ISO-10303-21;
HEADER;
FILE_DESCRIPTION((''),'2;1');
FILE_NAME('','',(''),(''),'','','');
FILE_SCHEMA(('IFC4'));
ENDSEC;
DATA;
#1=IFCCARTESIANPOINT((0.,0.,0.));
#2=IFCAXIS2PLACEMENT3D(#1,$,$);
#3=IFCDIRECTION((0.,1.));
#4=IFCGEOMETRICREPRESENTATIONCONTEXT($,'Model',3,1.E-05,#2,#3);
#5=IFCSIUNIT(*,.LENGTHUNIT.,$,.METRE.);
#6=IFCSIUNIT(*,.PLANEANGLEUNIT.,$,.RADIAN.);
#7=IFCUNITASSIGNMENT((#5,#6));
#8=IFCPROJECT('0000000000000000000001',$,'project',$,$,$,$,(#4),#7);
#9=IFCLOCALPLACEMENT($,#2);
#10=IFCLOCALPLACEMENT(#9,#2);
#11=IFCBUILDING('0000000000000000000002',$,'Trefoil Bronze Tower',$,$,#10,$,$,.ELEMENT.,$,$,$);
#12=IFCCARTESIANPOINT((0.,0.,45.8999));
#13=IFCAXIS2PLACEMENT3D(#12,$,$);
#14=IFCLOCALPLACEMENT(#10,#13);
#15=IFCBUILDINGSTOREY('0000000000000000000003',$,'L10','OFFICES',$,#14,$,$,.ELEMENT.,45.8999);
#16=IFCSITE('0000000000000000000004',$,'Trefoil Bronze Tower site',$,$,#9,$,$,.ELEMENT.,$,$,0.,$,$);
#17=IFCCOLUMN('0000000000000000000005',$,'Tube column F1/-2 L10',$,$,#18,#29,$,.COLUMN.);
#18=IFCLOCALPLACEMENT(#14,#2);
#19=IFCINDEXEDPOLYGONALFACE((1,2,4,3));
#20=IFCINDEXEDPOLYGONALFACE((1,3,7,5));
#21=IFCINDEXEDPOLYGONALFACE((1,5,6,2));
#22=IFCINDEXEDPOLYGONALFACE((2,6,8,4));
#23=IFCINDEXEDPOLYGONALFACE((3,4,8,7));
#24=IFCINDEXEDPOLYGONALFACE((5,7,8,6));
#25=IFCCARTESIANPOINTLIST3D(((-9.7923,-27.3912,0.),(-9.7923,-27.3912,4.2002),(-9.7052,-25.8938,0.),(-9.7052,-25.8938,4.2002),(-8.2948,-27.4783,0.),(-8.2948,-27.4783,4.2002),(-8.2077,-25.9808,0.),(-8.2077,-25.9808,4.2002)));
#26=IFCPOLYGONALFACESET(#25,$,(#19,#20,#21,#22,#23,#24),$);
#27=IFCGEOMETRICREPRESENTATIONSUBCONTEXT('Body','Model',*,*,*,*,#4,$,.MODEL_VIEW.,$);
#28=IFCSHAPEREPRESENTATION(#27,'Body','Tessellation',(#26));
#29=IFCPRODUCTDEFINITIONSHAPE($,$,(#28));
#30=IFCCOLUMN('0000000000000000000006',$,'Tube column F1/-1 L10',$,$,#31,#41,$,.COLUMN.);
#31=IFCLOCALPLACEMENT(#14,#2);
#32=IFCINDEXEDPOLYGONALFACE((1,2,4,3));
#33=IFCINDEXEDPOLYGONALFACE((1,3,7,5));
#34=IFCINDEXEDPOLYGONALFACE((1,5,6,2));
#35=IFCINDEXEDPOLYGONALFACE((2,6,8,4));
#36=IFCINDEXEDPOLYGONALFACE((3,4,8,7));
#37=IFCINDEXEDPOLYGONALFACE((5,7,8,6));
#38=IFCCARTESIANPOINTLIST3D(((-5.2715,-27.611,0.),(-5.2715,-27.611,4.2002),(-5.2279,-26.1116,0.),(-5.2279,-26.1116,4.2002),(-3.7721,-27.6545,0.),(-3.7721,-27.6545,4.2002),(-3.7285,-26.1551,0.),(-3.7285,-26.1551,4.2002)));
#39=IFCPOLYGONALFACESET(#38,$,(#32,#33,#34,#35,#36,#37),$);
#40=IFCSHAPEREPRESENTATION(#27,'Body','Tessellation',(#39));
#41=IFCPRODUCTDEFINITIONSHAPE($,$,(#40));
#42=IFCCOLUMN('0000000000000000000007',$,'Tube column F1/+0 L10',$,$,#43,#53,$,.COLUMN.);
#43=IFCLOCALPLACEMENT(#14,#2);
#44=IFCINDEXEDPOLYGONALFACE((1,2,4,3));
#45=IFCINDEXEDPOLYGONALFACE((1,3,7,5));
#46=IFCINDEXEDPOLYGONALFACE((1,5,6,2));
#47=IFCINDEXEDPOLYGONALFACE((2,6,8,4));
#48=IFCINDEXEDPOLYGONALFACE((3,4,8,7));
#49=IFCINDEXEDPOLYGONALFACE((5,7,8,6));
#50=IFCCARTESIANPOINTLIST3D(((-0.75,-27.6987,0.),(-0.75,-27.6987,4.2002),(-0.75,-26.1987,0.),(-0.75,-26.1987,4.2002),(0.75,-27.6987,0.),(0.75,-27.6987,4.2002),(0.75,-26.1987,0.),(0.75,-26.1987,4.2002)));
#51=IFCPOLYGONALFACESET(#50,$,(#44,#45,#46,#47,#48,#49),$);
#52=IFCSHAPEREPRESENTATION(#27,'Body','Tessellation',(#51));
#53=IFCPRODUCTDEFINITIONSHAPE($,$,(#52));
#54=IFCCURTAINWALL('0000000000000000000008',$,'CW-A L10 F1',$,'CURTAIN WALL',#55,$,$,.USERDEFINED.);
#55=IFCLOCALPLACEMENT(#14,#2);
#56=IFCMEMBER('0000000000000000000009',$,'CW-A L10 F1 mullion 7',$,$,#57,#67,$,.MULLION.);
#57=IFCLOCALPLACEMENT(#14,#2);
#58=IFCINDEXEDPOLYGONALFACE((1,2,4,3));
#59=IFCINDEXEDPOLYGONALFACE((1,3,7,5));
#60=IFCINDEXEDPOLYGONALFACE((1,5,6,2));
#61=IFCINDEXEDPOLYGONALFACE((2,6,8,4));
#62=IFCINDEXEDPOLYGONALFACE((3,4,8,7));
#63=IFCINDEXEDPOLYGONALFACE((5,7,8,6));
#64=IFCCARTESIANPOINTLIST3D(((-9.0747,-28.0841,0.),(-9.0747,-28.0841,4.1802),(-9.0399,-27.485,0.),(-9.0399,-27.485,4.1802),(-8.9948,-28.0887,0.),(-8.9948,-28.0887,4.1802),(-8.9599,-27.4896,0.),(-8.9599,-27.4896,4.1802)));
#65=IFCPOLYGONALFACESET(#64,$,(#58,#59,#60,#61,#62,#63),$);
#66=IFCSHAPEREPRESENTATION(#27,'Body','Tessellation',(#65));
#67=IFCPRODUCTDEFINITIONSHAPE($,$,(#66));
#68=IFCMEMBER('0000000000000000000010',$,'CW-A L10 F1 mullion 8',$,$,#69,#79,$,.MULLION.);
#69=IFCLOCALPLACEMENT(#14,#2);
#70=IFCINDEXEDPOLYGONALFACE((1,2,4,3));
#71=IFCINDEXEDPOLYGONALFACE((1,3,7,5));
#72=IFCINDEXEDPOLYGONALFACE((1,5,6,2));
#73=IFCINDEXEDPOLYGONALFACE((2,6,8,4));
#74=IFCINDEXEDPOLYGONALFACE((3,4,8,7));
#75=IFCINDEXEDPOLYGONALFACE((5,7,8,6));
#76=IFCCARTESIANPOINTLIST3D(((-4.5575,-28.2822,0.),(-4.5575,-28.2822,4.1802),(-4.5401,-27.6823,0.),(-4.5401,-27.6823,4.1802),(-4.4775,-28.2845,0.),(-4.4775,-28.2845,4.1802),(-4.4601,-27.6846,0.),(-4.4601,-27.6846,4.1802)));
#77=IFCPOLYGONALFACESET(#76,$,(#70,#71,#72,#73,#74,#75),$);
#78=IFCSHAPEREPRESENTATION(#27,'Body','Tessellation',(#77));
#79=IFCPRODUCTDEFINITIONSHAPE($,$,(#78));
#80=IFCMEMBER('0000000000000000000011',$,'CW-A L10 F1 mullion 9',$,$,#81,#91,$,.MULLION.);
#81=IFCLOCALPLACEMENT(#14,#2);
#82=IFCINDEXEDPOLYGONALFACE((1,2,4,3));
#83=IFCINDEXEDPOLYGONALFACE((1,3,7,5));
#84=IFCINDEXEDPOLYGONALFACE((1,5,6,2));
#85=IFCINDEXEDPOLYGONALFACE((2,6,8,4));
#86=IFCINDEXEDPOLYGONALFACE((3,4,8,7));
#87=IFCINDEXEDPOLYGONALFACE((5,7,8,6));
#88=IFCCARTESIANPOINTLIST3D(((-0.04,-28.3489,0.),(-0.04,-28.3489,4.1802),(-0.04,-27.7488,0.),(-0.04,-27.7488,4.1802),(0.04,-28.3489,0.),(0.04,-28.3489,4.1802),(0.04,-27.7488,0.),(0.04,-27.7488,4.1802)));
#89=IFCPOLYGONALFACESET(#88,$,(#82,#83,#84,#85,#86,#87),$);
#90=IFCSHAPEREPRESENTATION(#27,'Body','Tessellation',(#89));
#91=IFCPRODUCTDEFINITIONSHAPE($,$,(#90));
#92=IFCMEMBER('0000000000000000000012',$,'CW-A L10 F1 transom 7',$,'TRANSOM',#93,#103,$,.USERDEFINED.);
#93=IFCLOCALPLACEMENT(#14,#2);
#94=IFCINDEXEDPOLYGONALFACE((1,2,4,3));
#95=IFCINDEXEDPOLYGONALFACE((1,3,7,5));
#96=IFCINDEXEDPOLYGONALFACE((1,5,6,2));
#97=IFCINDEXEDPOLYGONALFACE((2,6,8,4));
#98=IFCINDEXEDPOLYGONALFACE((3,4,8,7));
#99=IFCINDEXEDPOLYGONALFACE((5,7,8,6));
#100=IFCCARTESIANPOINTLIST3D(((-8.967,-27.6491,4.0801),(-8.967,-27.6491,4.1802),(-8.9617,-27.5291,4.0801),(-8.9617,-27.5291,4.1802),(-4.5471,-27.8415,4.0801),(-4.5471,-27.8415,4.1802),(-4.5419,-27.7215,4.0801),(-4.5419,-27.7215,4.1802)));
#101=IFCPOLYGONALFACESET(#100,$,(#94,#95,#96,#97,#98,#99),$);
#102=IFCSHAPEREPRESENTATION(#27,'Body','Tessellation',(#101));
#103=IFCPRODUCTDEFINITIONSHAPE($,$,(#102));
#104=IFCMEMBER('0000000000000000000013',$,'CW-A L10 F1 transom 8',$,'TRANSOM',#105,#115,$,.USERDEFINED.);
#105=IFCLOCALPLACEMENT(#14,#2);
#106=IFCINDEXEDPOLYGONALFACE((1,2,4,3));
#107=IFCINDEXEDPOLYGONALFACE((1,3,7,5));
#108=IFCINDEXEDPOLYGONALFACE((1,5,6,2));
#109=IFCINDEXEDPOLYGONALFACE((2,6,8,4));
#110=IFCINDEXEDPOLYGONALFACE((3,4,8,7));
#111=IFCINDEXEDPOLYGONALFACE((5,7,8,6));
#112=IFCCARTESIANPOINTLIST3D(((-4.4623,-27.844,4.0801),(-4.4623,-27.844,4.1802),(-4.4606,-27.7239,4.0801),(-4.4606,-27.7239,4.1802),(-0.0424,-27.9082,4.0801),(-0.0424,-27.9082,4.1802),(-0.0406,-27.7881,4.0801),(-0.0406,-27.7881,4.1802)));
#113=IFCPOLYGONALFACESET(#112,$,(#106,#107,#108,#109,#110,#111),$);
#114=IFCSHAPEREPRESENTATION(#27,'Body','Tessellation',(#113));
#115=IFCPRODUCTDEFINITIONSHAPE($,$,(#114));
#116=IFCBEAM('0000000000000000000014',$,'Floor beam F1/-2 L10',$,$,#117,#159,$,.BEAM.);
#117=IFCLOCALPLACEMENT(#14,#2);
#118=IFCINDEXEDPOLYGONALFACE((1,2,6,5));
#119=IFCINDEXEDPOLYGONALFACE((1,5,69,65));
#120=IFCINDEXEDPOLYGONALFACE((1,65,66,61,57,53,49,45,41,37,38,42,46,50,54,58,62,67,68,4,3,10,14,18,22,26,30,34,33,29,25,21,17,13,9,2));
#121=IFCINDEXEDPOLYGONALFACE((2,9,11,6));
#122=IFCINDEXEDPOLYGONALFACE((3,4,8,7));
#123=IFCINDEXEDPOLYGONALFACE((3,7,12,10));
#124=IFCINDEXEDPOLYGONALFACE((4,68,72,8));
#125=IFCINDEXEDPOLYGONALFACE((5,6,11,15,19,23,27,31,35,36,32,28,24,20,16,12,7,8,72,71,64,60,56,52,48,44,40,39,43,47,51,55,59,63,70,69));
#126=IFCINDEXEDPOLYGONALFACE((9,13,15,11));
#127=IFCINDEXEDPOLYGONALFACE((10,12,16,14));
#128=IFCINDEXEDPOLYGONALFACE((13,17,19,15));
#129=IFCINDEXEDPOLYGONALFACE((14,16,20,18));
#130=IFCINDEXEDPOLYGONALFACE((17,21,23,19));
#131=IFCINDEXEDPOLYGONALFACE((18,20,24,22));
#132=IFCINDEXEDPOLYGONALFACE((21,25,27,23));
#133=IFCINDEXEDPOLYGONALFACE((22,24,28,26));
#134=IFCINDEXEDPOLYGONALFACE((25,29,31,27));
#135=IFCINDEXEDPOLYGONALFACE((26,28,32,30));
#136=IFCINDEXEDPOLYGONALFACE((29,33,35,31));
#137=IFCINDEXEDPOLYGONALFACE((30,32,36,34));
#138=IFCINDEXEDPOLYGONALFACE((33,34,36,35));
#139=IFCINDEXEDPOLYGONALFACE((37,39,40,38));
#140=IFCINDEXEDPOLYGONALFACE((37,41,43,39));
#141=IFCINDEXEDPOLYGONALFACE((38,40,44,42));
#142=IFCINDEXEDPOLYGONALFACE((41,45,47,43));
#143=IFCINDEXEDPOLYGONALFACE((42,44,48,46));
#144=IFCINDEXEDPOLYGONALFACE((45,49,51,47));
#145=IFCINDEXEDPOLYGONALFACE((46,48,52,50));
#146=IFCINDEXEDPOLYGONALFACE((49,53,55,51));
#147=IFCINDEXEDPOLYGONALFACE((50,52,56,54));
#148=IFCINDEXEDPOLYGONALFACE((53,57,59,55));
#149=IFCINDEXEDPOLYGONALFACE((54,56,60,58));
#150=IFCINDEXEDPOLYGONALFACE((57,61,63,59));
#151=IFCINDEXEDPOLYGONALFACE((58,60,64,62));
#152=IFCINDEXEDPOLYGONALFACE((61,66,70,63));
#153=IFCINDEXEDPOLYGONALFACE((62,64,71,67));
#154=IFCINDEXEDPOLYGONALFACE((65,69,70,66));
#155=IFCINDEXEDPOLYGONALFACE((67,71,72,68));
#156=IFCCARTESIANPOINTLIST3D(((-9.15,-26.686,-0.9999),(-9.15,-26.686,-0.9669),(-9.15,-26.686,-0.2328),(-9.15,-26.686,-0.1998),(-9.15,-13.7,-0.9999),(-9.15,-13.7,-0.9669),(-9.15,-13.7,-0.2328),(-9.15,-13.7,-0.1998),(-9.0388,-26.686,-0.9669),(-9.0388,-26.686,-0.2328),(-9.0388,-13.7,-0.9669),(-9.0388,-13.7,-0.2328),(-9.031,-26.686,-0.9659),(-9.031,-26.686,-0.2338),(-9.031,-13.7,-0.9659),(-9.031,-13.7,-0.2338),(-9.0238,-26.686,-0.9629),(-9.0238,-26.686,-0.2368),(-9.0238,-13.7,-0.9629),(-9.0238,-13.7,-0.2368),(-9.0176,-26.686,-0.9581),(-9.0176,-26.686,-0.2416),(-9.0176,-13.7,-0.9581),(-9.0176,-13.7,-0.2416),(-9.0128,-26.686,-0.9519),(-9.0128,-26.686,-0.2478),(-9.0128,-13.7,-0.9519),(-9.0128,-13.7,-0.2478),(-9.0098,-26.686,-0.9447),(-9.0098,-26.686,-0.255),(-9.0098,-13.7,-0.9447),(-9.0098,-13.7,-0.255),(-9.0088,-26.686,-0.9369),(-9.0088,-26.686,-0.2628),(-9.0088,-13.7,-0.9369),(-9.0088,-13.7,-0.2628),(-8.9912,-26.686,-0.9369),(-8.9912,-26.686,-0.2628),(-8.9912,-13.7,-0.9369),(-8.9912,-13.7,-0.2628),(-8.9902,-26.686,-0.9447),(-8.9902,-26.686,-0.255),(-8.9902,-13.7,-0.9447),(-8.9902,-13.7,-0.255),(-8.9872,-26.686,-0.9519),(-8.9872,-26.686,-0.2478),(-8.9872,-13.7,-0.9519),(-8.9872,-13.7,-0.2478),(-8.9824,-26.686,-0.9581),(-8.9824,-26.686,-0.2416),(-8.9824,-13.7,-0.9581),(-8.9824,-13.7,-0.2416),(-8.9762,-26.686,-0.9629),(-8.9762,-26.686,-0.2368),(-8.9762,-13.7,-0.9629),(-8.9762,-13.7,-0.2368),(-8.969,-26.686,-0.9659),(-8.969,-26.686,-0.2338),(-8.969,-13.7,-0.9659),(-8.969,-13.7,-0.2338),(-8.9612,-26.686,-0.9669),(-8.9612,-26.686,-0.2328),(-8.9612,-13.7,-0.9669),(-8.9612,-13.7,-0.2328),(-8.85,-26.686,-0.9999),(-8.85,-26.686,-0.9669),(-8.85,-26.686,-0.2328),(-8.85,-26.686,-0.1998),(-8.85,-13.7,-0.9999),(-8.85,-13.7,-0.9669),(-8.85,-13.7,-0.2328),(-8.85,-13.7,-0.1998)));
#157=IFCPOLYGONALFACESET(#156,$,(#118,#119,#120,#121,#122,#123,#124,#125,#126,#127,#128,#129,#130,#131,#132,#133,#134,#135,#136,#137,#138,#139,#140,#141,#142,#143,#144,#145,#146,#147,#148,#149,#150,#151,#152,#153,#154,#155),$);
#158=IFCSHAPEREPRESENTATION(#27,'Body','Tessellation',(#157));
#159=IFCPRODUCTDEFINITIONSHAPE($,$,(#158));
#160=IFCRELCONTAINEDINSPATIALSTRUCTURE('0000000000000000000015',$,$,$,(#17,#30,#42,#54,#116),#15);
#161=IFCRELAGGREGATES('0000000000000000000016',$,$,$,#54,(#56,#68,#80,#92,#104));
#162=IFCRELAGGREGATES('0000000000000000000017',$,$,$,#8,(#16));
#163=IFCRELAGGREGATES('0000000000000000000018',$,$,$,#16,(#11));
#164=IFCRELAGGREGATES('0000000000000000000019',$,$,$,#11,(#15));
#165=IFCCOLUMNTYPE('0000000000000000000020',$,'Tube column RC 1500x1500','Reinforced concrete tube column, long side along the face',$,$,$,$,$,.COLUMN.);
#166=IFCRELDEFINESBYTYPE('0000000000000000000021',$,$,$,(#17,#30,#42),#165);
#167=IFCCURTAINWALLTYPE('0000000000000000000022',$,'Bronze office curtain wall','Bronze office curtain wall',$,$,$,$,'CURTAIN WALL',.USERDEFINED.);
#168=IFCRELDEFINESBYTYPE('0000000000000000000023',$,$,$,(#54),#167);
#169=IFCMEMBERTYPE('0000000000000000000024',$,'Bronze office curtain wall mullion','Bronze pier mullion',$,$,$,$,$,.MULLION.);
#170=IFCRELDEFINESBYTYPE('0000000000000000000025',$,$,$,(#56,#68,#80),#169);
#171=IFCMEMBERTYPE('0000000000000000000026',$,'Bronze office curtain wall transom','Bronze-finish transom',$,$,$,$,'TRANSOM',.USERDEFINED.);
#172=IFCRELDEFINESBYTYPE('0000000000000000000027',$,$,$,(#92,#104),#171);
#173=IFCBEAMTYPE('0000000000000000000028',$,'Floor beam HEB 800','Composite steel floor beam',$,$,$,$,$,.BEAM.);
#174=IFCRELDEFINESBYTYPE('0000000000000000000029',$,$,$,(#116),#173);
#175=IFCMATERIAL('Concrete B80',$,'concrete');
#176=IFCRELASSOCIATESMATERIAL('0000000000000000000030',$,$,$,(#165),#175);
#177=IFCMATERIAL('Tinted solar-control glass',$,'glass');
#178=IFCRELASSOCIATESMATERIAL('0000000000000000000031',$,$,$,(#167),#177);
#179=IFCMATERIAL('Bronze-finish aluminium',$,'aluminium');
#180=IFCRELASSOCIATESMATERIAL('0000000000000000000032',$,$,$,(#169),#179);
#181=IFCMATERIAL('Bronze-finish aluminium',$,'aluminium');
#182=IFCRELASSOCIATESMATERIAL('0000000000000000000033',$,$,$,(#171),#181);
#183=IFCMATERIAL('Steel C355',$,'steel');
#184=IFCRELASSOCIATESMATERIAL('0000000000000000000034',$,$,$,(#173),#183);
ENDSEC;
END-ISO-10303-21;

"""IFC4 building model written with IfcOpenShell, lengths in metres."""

from ifc_helpers import new_model, si_unit, direction, frame, origin, origin_2d, place, context, subcontext, project, spatial, rectangle, i_section, extrude, material, material_profile, profile_set, type_object, element, aggregate, save


model = new_model("IFC4")

# Units and contexts
model_context = context("Model", 3, precision=1e-05, world=origin(), true_north=direction((0.0, 1.0)))
body_context = subcontext(model_context, "Body", "Model", "MODEL_VIEW")
ifc_project = project(units=[si_unit("LENGTHUNIT", "METRE"), si_unit("PLANEANGLEUNIT", "RADIAN")], contexts=[model_context])

# Site, building, storey
site_placement = place(None, origin())
site = spatial("IfcSite", under=ifc_project, at=site_placement, Name="Trefoil Bronze Tower site", CompositionType="ELEMENT", RefElevation=0.0)
building_placement = place(site_placement, origin())
building = spatial("IfcBuilding", under=site, at=building_placement, Name="Trefoil Bronze Tower", CompositionType="ELEMENT")
storey_placement = place(building_placement, frame((0.0, 0.0, 45.8999)))
storey = spatial("IfcBuildingStorey", under=building, at=storey_placement, Name="L10", Description="OFFICES", CompositionType="ELEMENT", Elevation=45.8999)

# Columns
ifc_material_1 = material(Name="Concrete B80", Category="concrete")
ifc_material_profile_1 = material_profile(ifc_material_1, rectangle(XDim=1.5, YDim=1.5, at=origin_2d()), Name="RC 1500x1500")
ifc_profile_set_1 = profile_set([ifc_material_profile_1], Name="Concrete B80")
column_type = type_object("IfcColumnType", Name="Tube column RC 1500x1500", Description="Reinforced concrete tube column, long side along the face", PredefinedType="COLUMN", material=ifc_profile_set_1)
for number, where, z_axis, x_axis, name in (
    (1, (-9.0, -26.686, 0.0), (0.0, 0.0, 1.0), (0.998314, -0.058043, 0.0), "Tube column F1/-2 L10"),
    (2, (-4.5, -26.8831, 0.0), (0.0, 0.0, 1.0), (0.999579, -0.029022, 0.0), "Tube column F1/-1 L10"),
    (3, (0.0, -26.9487, 0.0), (0.0, 0.0, 1.0), (1.0, 0.0, 0.0), "Tube column F1/+0 L10"),
):
    element("IfcColumn", number, at=place(storey_placement, frame(where, z_axis=z_axis, x_axis=x_axis)), inside=storey, type_object=column_type, Name=name, PredefinedType="COLUMN", context=body_context, shape_type="SweptSolid", body=[
        extrude(rectangle(XDim=1.5, YDim=1.5, at=origin_2d()), origin(), (0.0, 0.0, 1.0), 4.2002),
    ])

# Curtain wall, members
ifc_material_2 = material(Name="Tinted solar-control glass", Category="glass")
curtain_wall_type = type_object("IfcCurtainWallType", Name="Bronze office curtain wall", Description="Bronze office curtain wall", ElementType="CURTAIN WALL", PredefinedType="USERDEFINED", material=ifc_material_2)
curtain_wall_placement = place(storey_placement, origin())
curtain_wall = element("IfcCurtainWall", 4, at=curtain_wall_placement, inside=storey, type_object=curtain_wall_type, Name="CW-A L10 F1", ObjectType="CURTAIN WALL", PredefinedType="USERDEFINED")
ifc_material_3 = material(Name="Bronze-finish aluminium", Category="aluminium")
ifc_material_profile_2 = material_profile(ifc_material_3, rectangle(XDim=0.6001, YDim=0.0801, at=origin_2d()), Name="CW-A mullion")
ifc_profile_set_2 = profile_set([ifc_material_profile_2], Name="Bronze-finish aluminium")
member_type_1 = type_object("IfcMemberType", Name="Bronze office curtain wall mullion", Description="Bronze pier mullion", PredefinedType="MULLION", material=ifc_profile_set_2)
member_1_placement = place(storey_placement, frame((-9.0173, -27.7869, 0.0), z_axis=(0.0, 0.0, 1.0), x_axis=(0.058043, 0.998314, 0.0)))
member_1 = element("IfcMember", 5, at=member_1_placement, type_object=member_type_1, Name="CW-A L10 F1 mullion 7", PredefinedType="MULLION", context=body_context, shape_type="SweptSolid", body=[
    extrude(rectangle(XDim=0.6001, YDim=0.0801, at=origin_2d()), origin(), (0.0, 0.0, 1.0), 4.1802),
])
member_2_placement = place(storey_placement, frame((-4.5088, -27.9834, 0.0), z_axis=(0.0, 0.0, 1.0), x_axis=(0.029022, 0.999579, 0.0)))
member_2 = element("IfcMember", 6, at=member_2_placement, type_object=member_type_1, Name="CW-A L10 F1 mullion 8", PredefinedType="MULLION", context=body_context, shape_type="SweptSolid", body=[
    extrude(rectangle(XDim=0.6001, YDim=0.0801, at=origin_2d()), origin(), (0.0, 0.0, 1.0), 4.1802),
])
member_3_placement = place(storey_placement, frame((0.0, -28.0488, 0.0), z_axis=(0.0, 0.0, 1.0), x_axis=(0.0, 1.0, 0.0)))
member_3 = element("IfcMember", 7, at=member_3_placement, type_object=member_type_1, Name="CW-A L10 F1 mullion 9", PredefinedType="MULLION", context=body_context, shape_type="SweptSolid", body=[
    extrude(rectangle(XDim=0.6001, YDim=0.0801, at=origin_2d()), origin(), (0.0, 0.0, 1.0), 4.1802),
])
ifc_material_4 = material(Name="Bronze-finish aluminium", Category="aluminium")
ifc_material_profile_3 = material_profile(ifc_material_4, rectangle(XDim=0.1201, YDim=0.1001, at=origin_2d()), Name="CW-A transom")
ifc_profile_set_3 = profile_set([ifc_material_profile_3], Name="Bronze-finish aluminium")
member_type_2 = type_object("IfcMemberType", Name="Bronze office curtain wall transom", Description="Bronze-finish transom", ElementType="TRANSOM", PredefinedType="USERDEFINED", material=ifc_profile_set_3)
member_4_placement = place(storey_placement, frame((-8.9644, -27.5891, 4.1301), z_axis=(0.999054, -0.043485, 0.0), x_axis=(0.043485, 0.999054, 0.0)))
member_4 = element("IfcMember", 8, at=member_4_placement, type_object=member_type_2, Name="CW-A L10 F1 transom 7", ObjectType="TRANSOM", PredefinedType="USERDEFINED", context=body_context, shape_type="SweptSolid", body=[
    extrude(rectangle(XDim=0.1201, YDim=0.1001, at=origin_2d()), origin(), (0.0, 0.0, 1.0), 4.4241),
])
member_5_placement = place(storey_placement, frame((-4.4614, -27.7839, 4.1301), z_axis=(0.999894, -0.014526, 0.0), x_axis=(0.014526, 0.999894, 0.0)))
member_5 = element("IfcMember", 9, at=member_5_placement, type_object=member_type_2, Name="CW-A L10 F1 transom 8", ObjectType="TRANSOM", PredefinedType="USERDEFINED", context=body_context, shape_type="SweptSolid", body=[
    extrude(rectangle(XDim=0.1201, YDim=0.1001, at=origin_2d()), origin(), (0.0, 0.0, 1.0), 4.4204),
])

# Beam
ifc_material_5 = material(Name="Steel C355", Category="steel")
ifc_material_profile_4 = material_profile(ifc_material_5, i_section(OverallWidth=0.3, OverallDepth=0.8, WebThickness=0.0176, FlangeThickness=0.033, FilletRadius=0.03, at=origin_2d()), Name="HEB 800")
ifc_profile_set_4 = profile_set([ifc_material_profile_4], Name="Steel C355")
beam_type_1 = type_object("IfcBeamType", Name="Floor beam HEB 800", Description="Composite steel floor beam", PredefinedType="BEAM", material=ifc_profile_set_4)
beam_1_placement = place(storey_placement, frame((-9.0, -26.686, -0.5999), z_axis=(0.0, 1.0, 0.0), x_axis=(-1.0, 0.0, 0.0)))
element("IfcBeam", 10, at=beam_1_placement, inside=storey, type_object=beam_type_1, Name="Floor beam F1/-2 L10", PredefinedType="BEAM", context=body_context, shape_type="SweptSolid", body=[
    extrude(i_section(OverallWidth=0.3, OverallDepth=0.8, WebThickness=0.0176, FlangeThickness=0.033, FilletRadius=0.03, at=origin_2d()), origin(), (0.0, 0.0, 1.0), 12.9861),
])

aggregate(curtain_wall, [member_1, member_2, member_3, member_4, member_5])

save(model, "model.ifc")
